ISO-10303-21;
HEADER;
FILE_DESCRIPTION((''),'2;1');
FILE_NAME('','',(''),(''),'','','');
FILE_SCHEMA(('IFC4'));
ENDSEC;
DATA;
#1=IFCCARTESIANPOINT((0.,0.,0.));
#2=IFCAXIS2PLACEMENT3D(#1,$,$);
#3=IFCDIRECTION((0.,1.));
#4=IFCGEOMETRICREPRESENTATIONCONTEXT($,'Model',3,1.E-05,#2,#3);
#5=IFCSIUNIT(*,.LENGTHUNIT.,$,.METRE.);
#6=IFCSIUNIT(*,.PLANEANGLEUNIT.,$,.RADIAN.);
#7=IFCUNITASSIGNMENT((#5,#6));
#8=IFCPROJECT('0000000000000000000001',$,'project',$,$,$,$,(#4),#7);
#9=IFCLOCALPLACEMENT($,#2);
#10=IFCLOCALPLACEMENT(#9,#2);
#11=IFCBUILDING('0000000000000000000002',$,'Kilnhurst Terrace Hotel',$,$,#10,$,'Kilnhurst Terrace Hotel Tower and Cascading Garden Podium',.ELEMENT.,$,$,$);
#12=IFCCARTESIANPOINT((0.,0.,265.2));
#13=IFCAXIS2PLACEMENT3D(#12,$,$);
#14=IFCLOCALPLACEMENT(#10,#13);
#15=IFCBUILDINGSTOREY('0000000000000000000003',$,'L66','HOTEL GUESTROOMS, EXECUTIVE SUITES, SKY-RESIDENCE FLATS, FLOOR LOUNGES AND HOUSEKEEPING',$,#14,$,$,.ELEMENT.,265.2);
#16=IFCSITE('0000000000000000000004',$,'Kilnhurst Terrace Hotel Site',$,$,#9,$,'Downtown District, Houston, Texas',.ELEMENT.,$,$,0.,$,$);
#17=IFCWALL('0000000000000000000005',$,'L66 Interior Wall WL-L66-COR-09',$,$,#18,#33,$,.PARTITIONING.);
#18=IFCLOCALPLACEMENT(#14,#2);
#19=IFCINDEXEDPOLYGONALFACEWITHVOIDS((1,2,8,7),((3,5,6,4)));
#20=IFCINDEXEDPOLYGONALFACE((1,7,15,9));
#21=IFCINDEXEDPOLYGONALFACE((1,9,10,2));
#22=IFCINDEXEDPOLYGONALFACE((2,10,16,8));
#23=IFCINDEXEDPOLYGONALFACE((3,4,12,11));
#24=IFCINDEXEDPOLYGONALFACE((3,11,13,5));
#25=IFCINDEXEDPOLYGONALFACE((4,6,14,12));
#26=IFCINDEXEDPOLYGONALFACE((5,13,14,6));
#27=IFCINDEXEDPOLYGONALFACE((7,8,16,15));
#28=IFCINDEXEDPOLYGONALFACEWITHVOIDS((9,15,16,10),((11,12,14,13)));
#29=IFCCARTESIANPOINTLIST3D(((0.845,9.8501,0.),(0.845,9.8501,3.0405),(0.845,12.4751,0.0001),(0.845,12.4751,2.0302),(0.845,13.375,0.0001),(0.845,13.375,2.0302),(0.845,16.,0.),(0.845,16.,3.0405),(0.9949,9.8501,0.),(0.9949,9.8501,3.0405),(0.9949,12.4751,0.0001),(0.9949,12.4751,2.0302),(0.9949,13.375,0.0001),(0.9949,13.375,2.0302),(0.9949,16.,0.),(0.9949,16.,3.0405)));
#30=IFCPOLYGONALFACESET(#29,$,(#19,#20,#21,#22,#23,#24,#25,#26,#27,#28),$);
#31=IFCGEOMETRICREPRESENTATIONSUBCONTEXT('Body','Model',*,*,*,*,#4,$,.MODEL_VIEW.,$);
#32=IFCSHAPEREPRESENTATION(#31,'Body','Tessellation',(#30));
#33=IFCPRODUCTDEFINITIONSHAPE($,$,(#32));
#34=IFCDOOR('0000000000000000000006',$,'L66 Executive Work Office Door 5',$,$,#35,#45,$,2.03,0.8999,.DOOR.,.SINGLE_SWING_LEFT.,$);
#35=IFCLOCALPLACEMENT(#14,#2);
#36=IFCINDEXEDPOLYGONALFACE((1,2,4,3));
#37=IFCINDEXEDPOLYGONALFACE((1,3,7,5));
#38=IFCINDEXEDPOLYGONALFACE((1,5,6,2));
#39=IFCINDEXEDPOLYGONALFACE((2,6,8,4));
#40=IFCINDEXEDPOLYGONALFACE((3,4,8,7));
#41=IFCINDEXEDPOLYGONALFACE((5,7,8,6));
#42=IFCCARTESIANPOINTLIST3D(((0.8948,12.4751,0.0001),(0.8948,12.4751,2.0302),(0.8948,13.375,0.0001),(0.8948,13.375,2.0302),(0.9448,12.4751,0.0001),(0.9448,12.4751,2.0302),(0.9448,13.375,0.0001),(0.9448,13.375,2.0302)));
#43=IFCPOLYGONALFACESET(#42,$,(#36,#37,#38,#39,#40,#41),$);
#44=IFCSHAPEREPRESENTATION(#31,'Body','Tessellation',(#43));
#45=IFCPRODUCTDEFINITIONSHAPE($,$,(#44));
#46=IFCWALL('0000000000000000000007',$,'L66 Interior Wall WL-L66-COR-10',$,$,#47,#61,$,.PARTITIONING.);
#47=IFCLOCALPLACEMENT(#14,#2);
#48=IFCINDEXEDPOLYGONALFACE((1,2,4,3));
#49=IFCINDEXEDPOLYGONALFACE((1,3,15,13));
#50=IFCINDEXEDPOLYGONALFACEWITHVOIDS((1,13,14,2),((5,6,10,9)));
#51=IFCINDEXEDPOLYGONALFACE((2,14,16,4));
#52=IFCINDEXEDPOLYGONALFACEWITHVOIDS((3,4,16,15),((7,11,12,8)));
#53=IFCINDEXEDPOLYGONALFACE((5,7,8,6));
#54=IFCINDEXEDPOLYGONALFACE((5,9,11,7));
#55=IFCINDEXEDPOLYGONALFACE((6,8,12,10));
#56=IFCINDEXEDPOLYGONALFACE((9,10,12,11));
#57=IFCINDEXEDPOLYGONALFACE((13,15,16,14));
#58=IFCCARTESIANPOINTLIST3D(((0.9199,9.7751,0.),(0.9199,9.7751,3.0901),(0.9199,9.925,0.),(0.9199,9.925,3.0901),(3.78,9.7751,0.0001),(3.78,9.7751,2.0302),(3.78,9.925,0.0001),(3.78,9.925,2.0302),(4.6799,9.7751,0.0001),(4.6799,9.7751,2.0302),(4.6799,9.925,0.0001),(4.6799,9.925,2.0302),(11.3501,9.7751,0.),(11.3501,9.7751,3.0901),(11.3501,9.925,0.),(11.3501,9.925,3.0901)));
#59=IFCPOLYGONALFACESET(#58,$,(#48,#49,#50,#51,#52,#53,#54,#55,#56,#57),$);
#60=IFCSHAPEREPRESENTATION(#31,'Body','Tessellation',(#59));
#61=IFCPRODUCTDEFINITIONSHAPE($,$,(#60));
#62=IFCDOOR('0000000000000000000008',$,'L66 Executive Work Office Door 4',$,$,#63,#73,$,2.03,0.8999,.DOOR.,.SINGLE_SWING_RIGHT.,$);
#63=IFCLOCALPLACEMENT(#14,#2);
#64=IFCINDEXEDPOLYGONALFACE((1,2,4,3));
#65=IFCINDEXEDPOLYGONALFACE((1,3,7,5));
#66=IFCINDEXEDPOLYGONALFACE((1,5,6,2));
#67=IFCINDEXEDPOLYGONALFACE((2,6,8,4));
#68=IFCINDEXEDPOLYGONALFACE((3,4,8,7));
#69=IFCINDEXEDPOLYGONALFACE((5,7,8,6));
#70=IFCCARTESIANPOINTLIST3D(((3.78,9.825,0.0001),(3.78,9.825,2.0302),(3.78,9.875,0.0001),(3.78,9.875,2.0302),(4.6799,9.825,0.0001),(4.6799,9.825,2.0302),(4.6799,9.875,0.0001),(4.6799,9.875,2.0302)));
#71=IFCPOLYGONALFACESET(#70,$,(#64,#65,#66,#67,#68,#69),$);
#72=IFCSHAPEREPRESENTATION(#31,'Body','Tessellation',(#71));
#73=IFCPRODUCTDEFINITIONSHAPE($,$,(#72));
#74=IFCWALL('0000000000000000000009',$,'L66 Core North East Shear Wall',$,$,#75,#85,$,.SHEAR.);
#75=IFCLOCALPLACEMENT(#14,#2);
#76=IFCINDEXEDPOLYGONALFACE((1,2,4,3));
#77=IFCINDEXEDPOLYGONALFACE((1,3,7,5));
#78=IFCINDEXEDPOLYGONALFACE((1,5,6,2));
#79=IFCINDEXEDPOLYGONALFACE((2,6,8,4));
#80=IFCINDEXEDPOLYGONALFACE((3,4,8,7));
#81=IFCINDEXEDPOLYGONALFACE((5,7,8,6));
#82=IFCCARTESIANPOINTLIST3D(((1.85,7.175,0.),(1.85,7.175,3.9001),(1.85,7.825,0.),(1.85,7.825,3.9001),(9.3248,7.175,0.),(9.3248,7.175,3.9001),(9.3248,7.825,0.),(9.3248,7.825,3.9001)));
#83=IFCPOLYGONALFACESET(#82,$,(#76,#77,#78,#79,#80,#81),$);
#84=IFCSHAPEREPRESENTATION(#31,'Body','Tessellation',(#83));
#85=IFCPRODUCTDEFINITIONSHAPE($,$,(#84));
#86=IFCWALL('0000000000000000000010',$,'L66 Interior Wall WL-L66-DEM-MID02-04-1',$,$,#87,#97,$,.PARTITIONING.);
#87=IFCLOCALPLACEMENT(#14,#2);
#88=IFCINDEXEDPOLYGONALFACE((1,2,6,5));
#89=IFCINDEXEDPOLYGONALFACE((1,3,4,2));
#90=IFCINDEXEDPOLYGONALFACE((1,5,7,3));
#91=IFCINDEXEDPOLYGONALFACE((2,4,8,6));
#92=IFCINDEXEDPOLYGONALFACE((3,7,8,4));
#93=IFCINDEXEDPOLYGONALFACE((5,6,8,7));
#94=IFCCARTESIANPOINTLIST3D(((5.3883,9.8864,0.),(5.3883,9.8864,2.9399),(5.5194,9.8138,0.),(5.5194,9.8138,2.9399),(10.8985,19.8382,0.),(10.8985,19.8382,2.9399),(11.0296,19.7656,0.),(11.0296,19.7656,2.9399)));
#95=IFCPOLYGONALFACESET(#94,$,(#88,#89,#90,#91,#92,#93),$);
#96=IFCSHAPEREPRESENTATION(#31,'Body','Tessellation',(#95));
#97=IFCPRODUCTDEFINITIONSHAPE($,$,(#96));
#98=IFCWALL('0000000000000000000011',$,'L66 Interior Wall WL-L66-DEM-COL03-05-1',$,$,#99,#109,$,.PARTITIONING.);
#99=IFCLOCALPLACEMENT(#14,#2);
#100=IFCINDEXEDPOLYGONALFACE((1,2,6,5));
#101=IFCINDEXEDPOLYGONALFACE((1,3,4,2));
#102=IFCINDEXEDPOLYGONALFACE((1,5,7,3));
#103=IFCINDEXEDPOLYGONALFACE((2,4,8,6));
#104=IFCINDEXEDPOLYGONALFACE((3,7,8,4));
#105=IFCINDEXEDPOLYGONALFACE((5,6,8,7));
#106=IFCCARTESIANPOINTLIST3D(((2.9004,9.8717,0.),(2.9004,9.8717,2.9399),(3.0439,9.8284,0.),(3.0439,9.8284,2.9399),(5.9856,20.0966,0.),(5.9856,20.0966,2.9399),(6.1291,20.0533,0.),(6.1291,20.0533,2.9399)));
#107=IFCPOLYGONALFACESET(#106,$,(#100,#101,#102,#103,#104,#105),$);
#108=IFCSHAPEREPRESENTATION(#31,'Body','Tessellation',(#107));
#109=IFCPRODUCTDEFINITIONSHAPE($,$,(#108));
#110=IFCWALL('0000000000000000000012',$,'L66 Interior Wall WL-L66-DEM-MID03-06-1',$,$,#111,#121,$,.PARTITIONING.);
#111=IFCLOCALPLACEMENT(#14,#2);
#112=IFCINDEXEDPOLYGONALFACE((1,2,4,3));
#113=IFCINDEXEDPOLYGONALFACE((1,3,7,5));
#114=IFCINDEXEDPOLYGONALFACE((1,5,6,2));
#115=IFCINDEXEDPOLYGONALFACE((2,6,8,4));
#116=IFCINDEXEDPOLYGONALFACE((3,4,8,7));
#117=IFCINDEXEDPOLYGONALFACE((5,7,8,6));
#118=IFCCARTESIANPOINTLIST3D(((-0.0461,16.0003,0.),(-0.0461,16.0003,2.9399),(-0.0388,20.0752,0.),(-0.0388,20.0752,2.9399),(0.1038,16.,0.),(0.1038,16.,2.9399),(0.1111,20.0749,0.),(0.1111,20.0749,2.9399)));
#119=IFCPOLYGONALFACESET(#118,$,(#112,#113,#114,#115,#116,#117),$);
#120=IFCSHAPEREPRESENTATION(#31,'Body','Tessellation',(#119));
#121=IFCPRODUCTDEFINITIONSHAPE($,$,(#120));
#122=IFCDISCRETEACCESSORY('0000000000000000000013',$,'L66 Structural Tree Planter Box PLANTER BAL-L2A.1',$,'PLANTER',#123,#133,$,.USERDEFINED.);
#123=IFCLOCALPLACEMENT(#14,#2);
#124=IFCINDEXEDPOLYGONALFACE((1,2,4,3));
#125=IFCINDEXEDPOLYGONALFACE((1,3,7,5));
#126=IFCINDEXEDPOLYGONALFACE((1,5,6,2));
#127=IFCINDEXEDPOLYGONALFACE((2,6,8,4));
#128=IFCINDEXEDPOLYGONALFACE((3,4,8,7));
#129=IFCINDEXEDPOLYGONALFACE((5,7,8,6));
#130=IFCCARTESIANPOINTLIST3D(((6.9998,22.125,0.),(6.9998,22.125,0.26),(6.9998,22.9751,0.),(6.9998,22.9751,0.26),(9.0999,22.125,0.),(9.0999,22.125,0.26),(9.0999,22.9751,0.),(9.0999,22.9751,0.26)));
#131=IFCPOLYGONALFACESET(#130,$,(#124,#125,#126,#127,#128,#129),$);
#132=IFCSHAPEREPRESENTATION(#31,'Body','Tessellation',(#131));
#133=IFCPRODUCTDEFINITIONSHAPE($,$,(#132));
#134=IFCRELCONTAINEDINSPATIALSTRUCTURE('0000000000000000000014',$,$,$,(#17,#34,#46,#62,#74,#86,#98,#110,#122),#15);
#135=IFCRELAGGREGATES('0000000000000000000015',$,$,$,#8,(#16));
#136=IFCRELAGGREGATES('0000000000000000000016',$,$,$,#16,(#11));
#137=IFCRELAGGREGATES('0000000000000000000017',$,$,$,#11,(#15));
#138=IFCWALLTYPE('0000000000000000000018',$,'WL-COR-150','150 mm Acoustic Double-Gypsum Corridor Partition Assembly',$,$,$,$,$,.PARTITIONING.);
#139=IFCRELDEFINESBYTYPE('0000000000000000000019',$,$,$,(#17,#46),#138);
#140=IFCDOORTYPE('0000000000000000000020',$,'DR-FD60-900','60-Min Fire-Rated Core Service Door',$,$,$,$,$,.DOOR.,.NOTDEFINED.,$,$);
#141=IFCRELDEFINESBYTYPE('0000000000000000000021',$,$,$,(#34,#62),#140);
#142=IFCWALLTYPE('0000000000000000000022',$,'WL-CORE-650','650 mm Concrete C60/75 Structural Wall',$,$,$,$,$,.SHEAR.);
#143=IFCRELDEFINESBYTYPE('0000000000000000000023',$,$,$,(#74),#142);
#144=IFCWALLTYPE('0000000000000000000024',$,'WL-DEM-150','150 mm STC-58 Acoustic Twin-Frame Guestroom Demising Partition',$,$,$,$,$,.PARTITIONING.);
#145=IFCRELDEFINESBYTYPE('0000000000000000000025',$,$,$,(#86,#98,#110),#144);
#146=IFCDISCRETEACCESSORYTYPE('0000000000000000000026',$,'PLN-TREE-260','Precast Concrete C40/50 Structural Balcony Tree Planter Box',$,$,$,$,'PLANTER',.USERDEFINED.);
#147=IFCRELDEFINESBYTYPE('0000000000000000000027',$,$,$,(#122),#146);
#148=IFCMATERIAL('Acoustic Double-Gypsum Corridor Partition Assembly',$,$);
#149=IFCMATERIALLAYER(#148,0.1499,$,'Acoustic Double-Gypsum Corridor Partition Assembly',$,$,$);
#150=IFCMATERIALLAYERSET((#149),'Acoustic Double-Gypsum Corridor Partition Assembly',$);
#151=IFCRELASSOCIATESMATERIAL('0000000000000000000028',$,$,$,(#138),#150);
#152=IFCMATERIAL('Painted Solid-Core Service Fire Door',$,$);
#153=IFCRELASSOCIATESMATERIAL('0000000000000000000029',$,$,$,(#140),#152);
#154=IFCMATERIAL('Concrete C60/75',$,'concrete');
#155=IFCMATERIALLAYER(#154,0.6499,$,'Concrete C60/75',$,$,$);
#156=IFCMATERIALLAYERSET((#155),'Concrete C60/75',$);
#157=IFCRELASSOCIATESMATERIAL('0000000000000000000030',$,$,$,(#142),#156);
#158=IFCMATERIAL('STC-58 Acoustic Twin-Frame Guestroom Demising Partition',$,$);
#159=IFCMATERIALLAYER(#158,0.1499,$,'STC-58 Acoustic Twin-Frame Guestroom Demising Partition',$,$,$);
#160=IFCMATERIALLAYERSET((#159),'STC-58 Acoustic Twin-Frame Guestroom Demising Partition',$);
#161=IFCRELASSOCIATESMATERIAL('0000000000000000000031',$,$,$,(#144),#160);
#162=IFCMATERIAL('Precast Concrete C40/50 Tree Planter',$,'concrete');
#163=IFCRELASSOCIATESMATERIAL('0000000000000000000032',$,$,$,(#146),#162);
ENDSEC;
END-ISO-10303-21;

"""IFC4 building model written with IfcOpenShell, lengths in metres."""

from ifc_helpers import new_model, si_unit, direction, frame, frame_2d, origin, origin_2d, place, context, subcontext, project, spatial, rectangle, extrude, material, layer, layer_set, type_object, element, fill, save


model = new_model("IFC4")

# Units and contexts
model_context = context("Model", 3, precision=1e-05, world=origin(), true_north=direction((0.0, 1.0)))
body_context = subcontext(model_context, "Body", "Model", "MODEL_VIEW")
ifc_project = project(units=[si_unit("LENGTHUNIT", "METRE"), si_unit("PLANEANGLEUNIT", "RADIAN")], contexts=[model_context])

# Site, building, storey
site_placement = place(None, origin())
site = spatial("IfcSite", under=ifc_project, at=site_placement, Name="Kilnhurst Terrace Hotel Site", LongName="Downtown District, Houston, Texas", CompositionType="ELEMENT", RefElevation=0.0)
building_placement = place(site_placement, origin())
building = spatial("IfcBuilding", under=site, at=building_placement, Name="Kilnhurst Terrace Hotel", LongName="Kilnhurst Terrace Hotel Tower and Cascading Garden Podium", CompositionType="ELEMENT")
storey_placement = place(building_placement, frame((0.0, 0.0, 265.2)))
storey = spatial("IfcBuildingStorey", under=building, at=storey_placement, Name="L66", Description="HOTEL GUESTROOMS, EXECUTIVE SUITES, SKY-RESIDENCE FLATS, FLOOR LOUNGES AND HOUSEKEEPING", CompositionType="ELEMENT", Elevation=265.2)

# Shared definitions
ifc_material_1 = material(Name="Concrete C60/75", Category="concrete")

# Walls, openings, doors
ifc_material_2 = material(Name="Acoustic Double-Gypsum Corridor Partition Assembly")
ifc_layer_1 = layer(ifc_material_2, 0.1499, Name="Acoustic Double-Gypsum Corridor Partition Assembly")
ifc_layer_set_1 = layer_set([ifc_layer_1], Name="Acoustic Double-Gypsum Corridor Partition Assembly")
wall_type_1 = type_object("IfcWallType", Name="WL-COR-150", Description="150 mm Acoustic Double-Gypsum Corridor Partition Assembly", PredefinedType="PARTITIONING", material=ifc_layer_set_1)
wall_1_placement = place(storey_placement, frame((0.9199, 16.0, 0.0), z_axis=(0.0, 0.0, 1.0), x_axis=(0.0, -1.0, 0.0)))
wall_1 = element("IfcWall", 1, at=wall_1_placement, inside=storey, type_object=wall_type_1, Name="L66 Interior Wall WL-L66-COR-09", PredefinedType="PARTITIONING", context=body_context, shape_type="SweptSolid", body=[
    extrude(rectangle(XDim=6.1499, YDim=0.1499, at=frame_2d((3.075, 0.0))), origin(), (0.0, 0.0, 1.0), 3.0405),
])
opening_1_placement = place(wall_1_placement, frame((2.625, 0.0, 0.0)))
opening_1 = element("IfcOpeningElement", 2, at=opening_1_placement, cuts=wall_1, PredefinedType="OPENING", context=body_context, shape_type="SweptSolid", body=[
    extrude(rectangle(XDim=0.8999, YDim=2.03, at=frame_2d((0.45, 1.0151))), frame((0.0, 0.085, 0.0), z_axis=(0.0, -1.0, 0.0), x_axis=(1.0, 0.0, 0.0)), (0.0, 0.0, 1.0), 0.1699),
])
ifc_material_3 = material(Name="Painted Solid-Core Service Fire Door")
door_type = type_object("IfcDoorType", Name="DR-FD60-900", Description="60-Min Fire-Rated Core Service Door", OperationType="NOTDEFINED", PredefinedType="DOOR", material=ifc_material_3)
door_1_placement = place(opening_1_placement, origin())
door_1 = element("IfcDoor", 3, at=door_1_placement, inside=storey, type_object=door_type, Name="L66 Executive Work Office Door 5", OperationType="SINGLE_SWING_LEFT", OverallHeight=2.03, OverallWidth=0.8999, PredefinedType="DOOR", context=body_context, shape_type="SweptSolid", body=[
    extrude(rectangle(XDim=0.8999, YDim=2.03, at=frame_2d((0.45, 1.0151))), frame((0.0, 0.0249, 0.0), z_axis=(0.0, -1.0, 0.0), x_axis=(1.0, 0.0, 0.0)), (0.0, 0.0, 1.0), 0.05),
])
fill(opening_1, door_1)
wall_2_placement = place(storey_placement, frame((0.9199, 9.8501, 0.0), z_axis=(0.0, 0.0, 1.0), x_axis=(1.0, 0.0, 0.0)))
wall_2 = element("IfcWall", 4, at=wall_2_placement, inside=storey, type_object=wall_type_1, Name="L66 Interior Wall WL-L66-COR-10", PredefinedType="PARTITIONING", context=body_context, shape_type="SweptSolid", body=[
    extrude(rectangle(XDim=10.4302, YDim=0.1499, at=frame_2d((5.2151, 0.0))), origin(), (0.0, 0.0, 1.0), 3.0901),
])
opening_2_placement = place(wall_2_placement, frame((2.8601, 0.0, 0.0)))
opening_2 = element("IfcOpeningElement", 5, at=opening_2_placement, cuts=wall_2, PredefinedType="OPENING", context=body_context, shape_type="SweptSolid", body=[
    extrude(rectangle(XDim=0.8999, YDim=2.03, at=frame_2d((0.45, 1.0151))), frame((0.0, 0.085, 0.0), z_axis=(0.0, -1.0, 0.0), x_axis=(1.0, 0.0, 0.0)), (0.0, 0.0, 1.0), 0.1699),
])
door_2_placement = place(opening_2_placement, origin())
door_2 = element("IfcDoor", 6, at=door_2_placement, inside=storey, type_object=door_type, Name="L66 Executive Work Office Door 4", OperationType="SINGLE_SWING_RIGHT", OverallHeight=2.03, OverallWidth=0.8999, PredefinedType="DOOR", context=body_context, shape_type="SweptSolid", body=[
    extrude(rectangle(XDim=0.8999, YDim=2.03, at=frame_2d((0.45, 1.0151))), frame((0.0, 0.0249, 0.0), z_axis=(0.0, -1.0, 0.0), x_axis=(1.0, 0.0, 0.0)), (0.0, 0.0, 1.0), 0.05),
])
fill(opening_2, door_2)

# Walls
ifc_layer_2 = layer(ifc_material_1, 0.6499, Name="Concrete C60/75")
ifc_layer_set_2 = layer_set([ifc_layer_2], Name="Concrete C60/75")
wall_type_2 = type_object("IfcWallType", Name="WL-CORE-650", Description="650 mm Concrete C60/75 Structural Wall", PredefinedType="SHEAR", material=ifc_layer_set_2)
wall_3_placement = place(storey_placement, frame((1.8501, 7.5, 0.0), z_axis=(0.0, 0.0, 1.0), x_axis=(1.0, 0.0, 0.0)))
element("IfcWall", 7, at=wall_3_placement, inside=storey, type_object=wall_type_2, Name="L66 Core North East Shear Wall", PredefinedType="SHEAR", context=body_context, shape_type="SweptSolid", body=[
    extrude(rectangle(XDim=7.4749, YDim=0.6499, at=frame_2d((3.7373, 0.0))), origin(), (0.0, 0.0, 1.0), 3.9001),
])
ifc_material_4 = material(Name="STC-58 Acoustic Twin-Frame Guestroom Demising Partition")
ifc_layer_3 = layer(ifc_material_4, 0.1499, Name="STC-58 Acoustic Twin-Frame Guestroom Demising Partition")
ifc_layer_set_3 = layer_set([ifc_layer_3], Name="STC-58 Acoustic Twin-Frame Guestroom Demising Partition")
wall_type_3 = type_object("IfcWallType", Name="WL-DEM-150", Description="150 mm STC-58 Acoustic Twin-Frame Guestroom Demising Partition", PredefinedType="PARTITIONING", material=ifc_layer_set_3)
wall_4_placement = place(storey_placement, frame((5.4539, 9.8501, 0.0), z_axis=(0.0, 0.0, 1.0), x_axis=(0.484394, 0.87485, 0.0)))
element("IfcWall", 8, at=wall_4_placement, inside=storey, type_object=wall_type_3, Name="L66 Interior Wall WL-L66-DEM-MID02-04-1", PredefinedType="PARTITIONING", context=body_context, shape_type="SweptSolid", body=[
    extrude(rectangle(XDim=11.3755, YDim=0.1499, at=frame_2d((5.6877, 0.0))), origin(), (0.0, 0.0, 1.0), 2.9399),
])
wall_5_placement = place(storey_placement, frame((2.9722, 9.8501, 0.0), z_axis=(0.0, 0.0, 1.0), x_axis=(0.288872, 0.957368, 0.0)))
element("IfcWall", 9, at=wall_5_placement, inside=storey, type_object=wall_type_3, Name="L66 Interior Wall WL-L66-DEM-COL03-05-1", PredefinedType="PARTITIONING", context=body_context, shape_type="SweptSolid", body=[
    extrude(rectangle(XDim=10.6802, YDim=0.1499, at=frame_2d((5.3401, 0.0))), origin(), (0.0, 0.0, 1.0), 2.9399),
])
wall_6_placement = place(storey_placement, frame((0.0288, 16.0, 0.0), z_axis=(0.0, 0.0, 1.0), x_axis=(0.001797, 0.999998, 0.0)))
element("IfcWall", 10, at=wall_6_placement, inside=storey, type_object=wall_type_3, Name="L66 Interior Wall WL-L66-DEM-MID03-06-1", PredefinedType="PARTITIONING", context=body_context, shape_type="SweptSolid", body=[
    extrude(rectangle(XDim=4.075, YDim=0.1499, at=frame_2d((2.0376, 0.0))), origin(), (0.0, 0.0, 1.0), 2.9399),
])

# Discrete accessory
ifc_material_5 = material(Name="Precast Concrete C40/50 Tree Planter", Category="concrete")
discrete_accessory_type = type_object("IfcDiscreteAccessoryType", Name="PLN-TREE-260", Description="Precast Concrete C40/50 Structural Balcony Tree Planter Box", ElementType="PLANTER", PredefinedType="USERDEFINED", material=ifc_material_5)
discrete_accessory_placement = place(storey_placement, frame((8.0498, 22.55, 0.0), z_axis=(0.0, 0.0, 1.0), x_axis=(-1.0, 0.0, 0.0)))
element("IfcDiscreteAccessory", 11, at=discrete_accessory_placement, inside=storey, type_object=discrete_accessory_type, Name="L66 Structural Tree Planter Box PLANTER BAL-L2A.1", ObjectType="PLANTER", PredefinedType="USERDEFINED", context=body_context, shape_type="SweptSolid", body=[
    extrude(rectangle(XDim=2.1001, YDim=0.8501, at=origin_2d()), origin(), (0.0, 0.0, 1.0), 0.26),
])

save(model, "model.ifc")
